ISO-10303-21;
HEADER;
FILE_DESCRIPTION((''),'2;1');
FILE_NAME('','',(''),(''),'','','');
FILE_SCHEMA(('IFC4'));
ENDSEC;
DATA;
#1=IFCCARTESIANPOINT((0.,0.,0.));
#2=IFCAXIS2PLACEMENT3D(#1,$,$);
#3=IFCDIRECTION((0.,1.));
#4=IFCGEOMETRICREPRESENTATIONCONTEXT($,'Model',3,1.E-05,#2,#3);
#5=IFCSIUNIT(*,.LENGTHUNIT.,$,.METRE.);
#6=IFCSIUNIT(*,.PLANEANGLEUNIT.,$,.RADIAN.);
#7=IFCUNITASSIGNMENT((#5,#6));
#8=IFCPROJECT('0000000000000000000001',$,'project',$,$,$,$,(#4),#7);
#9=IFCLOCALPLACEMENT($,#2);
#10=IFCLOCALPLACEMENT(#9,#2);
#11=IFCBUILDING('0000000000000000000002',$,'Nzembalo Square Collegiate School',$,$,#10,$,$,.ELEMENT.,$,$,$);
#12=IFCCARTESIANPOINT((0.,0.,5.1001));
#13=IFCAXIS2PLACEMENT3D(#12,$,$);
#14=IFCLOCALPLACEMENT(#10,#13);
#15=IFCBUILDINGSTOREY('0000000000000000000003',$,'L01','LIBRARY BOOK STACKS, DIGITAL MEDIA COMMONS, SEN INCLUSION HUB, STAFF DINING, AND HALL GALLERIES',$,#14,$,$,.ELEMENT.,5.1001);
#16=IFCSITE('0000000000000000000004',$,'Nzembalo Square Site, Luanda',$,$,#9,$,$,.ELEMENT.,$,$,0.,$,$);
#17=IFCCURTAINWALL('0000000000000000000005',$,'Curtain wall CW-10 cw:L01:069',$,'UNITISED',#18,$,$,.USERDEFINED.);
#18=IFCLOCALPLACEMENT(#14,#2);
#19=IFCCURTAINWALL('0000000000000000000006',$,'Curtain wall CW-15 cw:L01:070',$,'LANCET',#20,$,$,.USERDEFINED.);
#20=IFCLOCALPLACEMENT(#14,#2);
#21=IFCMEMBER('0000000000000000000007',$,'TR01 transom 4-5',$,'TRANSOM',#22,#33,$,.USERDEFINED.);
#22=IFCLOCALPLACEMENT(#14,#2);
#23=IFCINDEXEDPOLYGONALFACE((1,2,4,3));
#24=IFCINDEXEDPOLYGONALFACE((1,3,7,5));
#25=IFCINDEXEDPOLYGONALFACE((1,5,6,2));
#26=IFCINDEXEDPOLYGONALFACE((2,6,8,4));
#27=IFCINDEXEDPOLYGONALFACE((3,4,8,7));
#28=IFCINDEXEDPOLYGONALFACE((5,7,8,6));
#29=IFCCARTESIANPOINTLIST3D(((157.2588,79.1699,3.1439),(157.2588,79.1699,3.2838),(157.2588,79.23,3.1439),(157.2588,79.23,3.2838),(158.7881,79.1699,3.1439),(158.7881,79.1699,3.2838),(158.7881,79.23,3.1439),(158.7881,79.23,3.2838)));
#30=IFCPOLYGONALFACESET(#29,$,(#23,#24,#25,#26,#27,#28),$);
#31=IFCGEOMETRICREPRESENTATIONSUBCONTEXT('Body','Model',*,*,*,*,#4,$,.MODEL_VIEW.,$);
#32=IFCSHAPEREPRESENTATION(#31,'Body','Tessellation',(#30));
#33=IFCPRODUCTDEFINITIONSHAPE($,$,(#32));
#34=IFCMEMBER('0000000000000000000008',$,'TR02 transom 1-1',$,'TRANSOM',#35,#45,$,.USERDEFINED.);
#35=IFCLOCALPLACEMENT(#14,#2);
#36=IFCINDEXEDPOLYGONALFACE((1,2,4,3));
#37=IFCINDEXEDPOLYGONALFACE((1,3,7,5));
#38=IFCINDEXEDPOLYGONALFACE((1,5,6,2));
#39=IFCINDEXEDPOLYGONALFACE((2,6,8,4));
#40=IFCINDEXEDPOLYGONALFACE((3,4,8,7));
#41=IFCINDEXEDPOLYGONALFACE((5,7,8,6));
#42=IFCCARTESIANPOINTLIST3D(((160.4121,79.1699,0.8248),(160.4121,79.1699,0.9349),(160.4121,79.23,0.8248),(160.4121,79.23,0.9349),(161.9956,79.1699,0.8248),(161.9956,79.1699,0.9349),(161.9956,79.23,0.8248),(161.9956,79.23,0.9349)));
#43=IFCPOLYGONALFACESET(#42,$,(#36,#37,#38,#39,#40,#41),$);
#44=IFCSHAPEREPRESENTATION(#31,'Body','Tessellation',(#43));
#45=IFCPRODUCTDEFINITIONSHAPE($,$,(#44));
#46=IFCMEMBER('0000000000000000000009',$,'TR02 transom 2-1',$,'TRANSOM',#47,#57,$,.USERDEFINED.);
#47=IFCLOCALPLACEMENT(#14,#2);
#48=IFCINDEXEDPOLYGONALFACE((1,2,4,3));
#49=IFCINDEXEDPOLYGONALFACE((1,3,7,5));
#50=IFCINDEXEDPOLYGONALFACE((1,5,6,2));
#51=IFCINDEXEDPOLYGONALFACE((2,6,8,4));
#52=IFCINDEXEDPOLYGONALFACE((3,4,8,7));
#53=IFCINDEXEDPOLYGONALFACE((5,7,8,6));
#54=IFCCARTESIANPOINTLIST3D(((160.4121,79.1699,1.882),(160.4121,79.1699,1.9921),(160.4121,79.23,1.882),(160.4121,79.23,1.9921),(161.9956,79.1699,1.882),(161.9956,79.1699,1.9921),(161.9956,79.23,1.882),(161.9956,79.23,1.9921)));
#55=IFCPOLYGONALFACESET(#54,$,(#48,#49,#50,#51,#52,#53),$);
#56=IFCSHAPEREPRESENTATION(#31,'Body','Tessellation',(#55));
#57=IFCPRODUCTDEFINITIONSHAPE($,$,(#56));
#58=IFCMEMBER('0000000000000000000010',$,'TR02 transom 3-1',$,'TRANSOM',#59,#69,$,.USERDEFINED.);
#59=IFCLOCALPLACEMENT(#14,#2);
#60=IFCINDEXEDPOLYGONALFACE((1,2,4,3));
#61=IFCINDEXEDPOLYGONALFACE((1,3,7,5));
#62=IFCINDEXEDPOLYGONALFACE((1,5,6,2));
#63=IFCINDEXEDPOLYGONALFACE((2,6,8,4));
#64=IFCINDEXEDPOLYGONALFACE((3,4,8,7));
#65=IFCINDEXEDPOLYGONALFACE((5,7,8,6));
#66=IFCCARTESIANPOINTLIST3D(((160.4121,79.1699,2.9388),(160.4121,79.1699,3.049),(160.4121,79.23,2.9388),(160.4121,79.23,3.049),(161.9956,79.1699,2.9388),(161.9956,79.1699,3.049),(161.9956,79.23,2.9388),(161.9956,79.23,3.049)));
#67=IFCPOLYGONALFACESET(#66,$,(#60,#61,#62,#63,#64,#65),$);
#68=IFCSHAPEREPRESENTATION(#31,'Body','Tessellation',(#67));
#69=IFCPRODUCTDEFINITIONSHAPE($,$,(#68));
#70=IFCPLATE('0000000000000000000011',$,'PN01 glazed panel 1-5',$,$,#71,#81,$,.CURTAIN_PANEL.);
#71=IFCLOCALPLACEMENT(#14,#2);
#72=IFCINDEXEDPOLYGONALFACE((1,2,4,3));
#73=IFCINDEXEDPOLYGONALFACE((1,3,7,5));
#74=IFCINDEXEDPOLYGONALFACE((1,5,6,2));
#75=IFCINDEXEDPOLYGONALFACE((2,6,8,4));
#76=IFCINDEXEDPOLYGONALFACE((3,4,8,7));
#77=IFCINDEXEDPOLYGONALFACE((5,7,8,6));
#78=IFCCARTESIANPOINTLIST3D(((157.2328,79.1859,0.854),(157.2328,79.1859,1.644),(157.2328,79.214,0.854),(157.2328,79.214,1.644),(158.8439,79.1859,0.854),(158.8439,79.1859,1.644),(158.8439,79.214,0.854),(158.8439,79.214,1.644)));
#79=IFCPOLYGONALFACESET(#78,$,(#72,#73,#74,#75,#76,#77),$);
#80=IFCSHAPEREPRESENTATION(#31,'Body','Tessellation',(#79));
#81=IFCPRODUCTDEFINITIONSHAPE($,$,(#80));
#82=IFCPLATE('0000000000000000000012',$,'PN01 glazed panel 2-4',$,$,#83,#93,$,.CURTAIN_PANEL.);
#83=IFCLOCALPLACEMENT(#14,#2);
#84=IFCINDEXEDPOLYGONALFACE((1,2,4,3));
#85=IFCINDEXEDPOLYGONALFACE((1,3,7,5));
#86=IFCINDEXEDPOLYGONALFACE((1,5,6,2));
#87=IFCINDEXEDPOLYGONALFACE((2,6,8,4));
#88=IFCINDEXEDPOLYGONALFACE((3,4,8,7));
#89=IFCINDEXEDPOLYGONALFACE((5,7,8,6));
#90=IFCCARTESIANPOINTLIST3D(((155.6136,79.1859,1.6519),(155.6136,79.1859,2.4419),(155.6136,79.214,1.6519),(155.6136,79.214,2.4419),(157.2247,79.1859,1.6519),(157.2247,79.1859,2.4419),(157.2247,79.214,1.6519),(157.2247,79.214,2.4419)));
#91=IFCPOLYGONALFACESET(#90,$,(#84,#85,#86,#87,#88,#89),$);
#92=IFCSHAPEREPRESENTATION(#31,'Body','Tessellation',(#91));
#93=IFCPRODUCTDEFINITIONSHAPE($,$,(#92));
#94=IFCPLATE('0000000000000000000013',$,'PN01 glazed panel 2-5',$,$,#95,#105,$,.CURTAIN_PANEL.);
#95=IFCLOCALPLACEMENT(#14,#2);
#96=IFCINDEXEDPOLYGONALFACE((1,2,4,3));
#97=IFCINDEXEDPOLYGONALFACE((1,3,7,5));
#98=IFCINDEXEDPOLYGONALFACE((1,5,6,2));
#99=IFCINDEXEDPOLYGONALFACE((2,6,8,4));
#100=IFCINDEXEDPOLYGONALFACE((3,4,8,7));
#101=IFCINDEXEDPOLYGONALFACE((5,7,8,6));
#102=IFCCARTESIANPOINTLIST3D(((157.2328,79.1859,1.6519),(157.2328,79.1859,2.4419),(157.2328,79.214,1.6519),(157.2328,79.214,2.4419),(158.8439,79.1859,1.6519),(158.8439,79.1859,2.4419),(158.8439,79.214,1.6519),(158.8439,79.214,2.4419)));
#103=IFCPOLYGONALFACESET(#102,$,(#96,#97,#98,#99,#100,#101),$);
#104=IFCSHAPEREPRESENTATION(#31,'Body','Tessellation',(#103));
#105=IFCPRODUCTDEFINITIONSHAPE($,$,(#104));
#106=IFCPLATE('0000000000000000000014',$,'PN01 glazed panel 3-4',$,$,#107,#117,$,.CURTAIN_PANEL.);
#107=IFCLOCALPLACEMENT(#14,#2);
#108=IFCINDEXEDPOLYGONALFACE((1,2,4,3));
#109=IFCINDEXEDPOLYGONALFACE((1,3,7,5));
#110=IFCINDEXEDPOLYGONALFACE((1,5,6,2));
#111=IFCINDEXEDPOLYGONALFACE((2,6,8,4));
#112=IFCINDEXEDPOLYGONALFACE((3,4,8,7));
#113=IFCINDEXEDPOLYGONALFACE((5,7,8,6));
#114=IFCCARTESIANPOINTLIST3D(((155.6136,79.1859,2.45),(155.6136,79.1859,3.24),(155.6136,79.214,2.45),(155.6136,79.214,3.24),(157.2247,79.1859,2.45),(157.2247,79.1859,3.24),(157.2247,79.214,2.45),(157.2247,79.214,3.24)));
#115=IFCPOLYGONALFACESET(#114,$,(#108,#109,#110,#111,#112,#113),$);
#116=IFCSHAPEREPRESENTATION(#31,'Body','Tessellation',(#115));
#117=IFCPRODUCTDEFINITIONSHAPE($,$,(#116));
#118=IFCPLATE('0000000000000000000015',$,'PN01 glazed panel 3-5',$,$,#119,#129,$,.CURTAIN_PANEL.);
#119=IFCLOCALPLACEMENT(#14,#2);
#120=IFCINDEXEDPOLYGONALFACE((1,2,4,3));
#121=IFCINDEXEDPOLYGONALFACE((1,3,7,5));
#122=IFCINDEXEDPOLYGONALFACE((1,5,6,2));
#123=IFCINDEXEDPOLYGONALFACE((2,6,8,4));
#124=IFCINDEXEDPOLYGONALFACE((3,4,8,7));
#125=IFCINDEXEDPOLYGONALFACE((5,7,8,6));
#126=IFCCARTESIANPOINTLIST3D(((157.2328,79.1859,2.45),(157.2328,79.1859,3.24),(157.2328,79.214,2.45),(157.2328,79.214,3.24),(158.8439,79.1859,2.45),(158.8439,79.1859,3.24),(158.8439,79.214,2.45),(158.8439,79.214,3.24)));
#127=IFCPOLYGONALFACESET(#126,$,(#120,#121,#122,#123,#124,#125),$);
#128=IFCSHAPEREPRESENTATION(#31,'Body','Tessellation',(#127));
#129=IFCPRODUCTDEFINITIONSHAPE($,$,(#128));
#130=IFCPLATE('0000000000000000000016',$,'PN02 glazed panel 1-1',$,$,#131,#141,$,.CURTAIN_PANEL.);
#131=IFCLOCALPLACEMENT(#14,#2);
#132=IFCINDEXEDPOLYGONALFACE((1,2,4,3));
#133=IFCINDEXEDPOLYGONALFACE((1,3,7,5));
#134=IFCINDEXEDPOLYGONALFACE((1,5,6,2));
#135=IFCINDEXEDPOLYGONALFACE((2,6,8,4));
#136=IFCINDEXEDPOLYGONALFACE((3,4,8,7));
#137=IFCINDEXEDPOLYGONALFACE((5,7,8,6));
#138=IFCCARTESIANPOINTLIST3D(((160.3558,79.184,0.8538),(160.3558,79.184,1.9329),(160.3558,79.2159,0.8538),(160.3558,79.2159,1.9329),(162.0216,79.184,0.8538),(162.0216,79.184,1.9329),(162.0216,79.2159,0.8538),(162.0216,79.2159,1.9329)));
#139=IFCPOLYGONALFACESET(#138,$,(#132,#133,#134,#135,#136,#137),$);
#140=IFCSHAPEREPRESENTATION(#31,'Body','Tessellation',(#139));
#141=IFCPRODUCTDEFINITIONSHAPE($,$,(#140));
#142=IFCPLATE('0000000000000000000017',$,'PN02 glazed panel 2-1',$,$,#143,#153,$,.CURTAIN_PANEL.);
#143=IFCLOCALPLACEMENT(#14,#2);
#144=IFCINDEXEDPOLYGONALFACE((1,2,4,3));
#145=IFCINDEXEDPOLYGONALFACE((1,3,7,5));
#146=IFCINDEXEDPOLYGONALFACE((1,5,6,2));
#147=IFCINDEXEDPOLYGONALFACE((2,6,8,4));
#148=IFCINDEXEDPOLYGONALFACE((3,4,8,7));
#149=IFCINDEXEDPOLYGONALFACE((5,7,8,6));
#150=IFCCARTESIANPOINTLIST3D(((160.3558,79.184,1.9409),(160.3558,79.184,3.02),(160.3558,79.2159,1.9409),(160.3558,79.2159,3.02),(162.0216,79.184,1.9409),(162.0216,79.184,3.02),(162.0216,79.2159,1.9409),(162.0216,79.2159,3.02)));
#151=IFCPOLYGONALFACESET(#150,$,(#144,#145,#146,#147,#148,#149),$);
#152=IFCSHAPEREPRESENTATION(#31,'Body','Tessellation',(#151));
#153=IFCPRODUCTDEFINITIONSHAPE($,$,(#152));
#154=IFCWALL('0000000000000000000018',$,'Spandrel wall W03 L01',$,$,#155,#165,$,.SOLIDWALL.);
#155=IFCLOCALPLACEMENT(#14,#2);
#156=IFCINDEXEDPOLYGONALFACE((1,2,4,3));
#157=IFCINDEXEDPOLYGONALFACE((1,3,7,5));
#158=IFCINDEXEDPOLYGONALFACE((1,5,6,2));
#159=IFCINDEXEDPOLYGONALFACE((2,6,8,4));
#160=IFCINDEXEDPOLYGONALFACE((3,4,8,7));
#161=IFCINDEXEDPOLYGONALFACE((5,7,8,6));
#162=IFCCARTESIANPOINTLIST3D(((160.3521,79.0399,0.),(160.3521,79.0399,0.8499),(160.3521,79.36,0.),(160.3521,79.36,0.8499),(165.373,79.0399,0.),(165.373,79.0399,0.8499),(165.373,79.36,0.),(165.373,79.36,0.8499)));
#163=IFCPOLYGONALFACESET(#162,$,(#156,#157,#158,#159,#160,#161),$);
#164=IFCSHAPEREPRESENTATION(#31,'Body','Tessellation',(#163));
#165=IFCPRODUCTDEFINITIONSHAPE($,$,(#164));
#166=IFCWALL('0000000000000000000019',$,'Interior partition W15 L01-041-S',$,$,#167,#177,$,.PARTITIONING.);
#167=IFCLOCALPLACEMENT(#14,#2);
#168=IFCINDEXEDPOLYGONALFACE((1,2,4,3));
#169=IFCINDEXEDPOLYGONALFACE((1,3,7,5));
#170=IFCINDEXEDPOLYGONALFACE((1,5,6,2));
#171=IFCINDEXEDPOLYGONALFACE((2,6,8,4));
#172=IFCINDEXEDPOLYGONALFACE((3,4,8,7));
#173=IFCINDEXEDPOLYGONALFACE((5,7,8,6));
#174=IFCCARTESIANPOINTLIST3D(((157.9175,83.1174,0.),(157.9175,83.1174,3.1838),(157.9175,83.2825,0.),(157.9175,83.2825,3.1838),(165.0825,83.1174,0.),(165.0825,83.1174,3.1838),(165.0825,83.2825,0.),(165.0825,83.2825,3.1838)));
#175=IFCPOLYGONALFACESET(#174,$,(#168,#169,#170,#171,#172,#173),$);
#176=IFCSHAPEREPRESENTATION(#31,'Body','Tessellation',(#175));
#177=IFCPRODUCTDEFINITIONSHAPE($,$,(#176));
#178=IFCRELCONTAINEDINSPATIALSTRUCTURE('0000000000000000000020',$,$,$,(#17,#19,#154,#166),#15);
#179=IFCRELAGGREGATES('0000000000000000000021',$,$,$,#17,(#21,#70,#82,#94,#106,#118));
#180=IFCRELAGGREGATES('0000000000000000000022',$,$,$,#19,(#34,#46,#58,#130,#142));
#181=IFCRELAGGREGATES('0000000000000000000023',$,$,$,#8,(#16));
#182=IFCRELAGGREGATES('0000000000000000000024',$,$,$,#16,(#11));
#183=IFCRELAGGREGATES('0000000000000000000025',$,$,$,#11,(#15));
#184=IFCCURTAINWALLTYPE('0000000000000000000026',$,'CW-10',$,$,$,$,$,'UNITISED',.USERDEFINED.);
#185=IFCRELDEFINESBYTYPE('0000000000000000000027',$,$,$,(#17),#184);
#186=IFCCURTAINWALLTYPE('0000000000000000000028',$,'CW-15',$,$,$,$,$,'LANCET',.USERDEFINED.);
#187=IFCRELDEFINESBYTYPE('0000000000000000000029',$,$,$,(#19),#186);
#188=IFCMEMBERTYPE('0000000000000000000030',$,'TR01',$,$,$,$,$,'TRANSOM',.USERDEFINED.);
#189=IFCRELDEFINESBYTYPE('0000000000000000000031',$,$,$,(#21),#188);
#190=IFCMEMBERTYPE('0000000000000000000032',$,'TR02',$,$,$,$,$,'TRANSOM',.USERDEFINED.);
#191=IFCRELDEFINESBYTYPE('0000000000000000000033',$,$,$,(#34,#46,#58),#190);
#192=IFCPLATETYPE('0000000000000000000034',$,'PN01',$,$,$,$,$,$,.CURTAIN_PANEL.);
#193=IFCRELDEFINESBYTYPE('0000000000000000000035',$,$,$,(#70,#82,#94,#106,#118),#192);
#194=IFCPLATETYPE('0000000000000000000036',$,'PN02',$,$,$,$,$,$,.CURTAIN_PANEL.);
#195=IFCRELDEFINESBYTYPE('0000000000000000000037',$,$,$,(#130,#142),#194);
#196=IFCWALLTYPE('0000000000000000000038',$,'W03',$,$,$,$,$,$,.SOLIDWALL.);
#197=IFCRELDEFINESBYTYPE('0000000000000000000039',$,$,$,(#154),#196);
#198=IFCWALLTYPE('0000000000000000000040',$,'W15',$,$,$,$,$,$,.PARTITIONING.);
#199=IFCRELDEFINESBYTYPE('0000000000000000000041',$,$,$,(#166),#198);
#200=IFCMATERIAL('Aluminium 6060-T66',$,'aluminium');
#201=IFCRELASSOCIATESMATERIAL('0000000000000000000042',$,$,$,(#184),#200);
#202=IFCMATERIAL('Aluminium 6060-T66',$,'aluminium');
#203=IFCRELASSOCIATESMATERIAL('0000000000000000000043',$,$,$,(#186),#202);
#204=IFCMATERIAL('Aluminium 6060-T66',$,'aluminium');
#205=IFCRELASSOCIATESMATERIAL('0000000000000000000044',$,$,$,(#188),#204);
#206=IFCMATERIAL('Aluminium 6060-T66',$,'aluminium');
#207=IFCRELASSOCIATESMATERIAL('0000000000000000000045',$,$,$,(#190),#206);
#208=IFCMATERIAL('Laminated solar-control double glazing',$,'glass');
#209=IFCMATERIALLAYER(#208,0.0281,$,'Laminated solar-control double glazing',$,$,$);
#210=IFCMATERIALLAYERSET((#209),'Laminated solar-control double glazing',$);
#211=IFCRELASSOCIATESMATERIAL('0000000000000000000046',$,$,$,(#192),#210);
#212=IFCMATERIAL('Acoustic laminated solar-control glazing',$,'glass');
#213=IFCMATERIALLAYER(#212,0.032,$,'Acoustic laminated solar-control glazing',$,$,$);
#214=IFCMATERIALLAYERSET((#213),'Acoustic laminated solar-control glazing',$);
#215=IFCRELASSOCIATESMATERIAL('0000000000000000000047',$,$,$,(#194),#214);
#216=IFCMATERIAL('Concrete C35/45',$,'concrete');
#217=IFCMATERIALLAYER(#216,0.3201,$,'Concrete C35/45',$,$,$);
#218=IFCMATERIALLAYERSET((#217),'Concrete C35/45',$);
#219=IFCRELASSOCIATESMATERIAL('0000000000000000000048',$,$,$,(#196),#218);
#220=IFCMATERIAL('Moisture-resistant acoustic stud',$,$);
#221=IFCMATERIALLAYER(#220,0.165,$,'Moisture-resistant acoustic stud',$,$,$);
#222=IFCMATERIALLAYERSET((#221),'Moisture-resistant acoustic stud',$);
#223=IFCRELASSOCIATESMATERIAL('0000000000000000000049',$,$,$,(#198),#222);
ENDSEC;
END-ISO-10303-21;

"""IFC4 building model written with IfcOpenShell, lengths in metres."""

from ifc_helpers import new_model, si_unit, direction, frame, frame_2d, origin, origin_2d, place, context, subcontext, project, spatial, rectangle, extrude, material, layer, layer_set, material_profile, profile_set, type_object, element, aggregate, save


model = new_model("IFC4")

# Units and contexts
model_context = context("Model", 3, precision=1e-05, world=origin(), true_north=direction((0.0, 1.0)))
body_context = subcontext(model_context, "Body", "Model", "MODEL_VIEW")
ifc_project = project(units=[si_unit("LENGTHUNIT", "METRE"), si_unit("PLANEANGLEUNIT", "RADIAN")], contexts=[model_context])

# Site, building, storey
site_placement = place(None, origin())
site = spatial("IfcSite", under=ifc_project, at=site_placement, Name="Nzembalo Square Site, Luanda", CompositionType="ELEMENT", RefElevation=0.0)
building_placement = place(site_placement, origin())
building = spatial("IfcBuilding", under=site, at=building_placement, Name="Nzembalo Square Collegiate School", CompositionType="ELEMENT")
storey_placement = place(building_placement, frame((0.0, 0.0, 5.1001)))
storey = spatial("IfcBuildingStorey", under=building, at=storey_placement, Name="L01", Description="LIBRARY BOOK STACKS, DIGITAL MEDIA COMMONS, SEN INCLUSION HUB, STAFF DINING, AND HALL GALLERIES", CompositionType="ELEMENT", Elevation=5.1001)

# Curtain wall
ifc_material_1 = material(Name="Aluminium 6060-T66", Category="aluminium")
curtain_wall_type_1 = type_object("IfcCurtainWallType", Name="CW-10", ElementType="UNITISED", PredefinedType="USERDEFINED", material=ifc_material_1)
curtain_wall_1_placement = place(storey_placement, origin())
curtain_wall_1 = element("IfcCurtainWall", 1, at=curtain_wall_1_placement, inside=storey, type_object=curtain_wall_type_1, Name="Curtain wall CW-10 cw:L01:069", ObjectType="UNITISED", PredefinedType="USERDEFINED")

# Curtain wall
ifc_material_2 = material(Name="Aluminium 6060-T66", Category="aluminium")
curtain_wall_type_2 = type_object("IfcCurtainWallType", Name="CW-15", ElementType="LANCET", PredefinedType="USERDEFINED", material=ifc_material_2)
curtain_wall_2_placement = place(storey_placement, origin())
curtain_wall_2 = element("IfcCurtainWall", 2, at=curtain_wall_2_placement, inside=storey, type_object=curtain_wall_type_2, Name="Curtain wall CW-15 cw:L01:070", ObjectType="LANCET", PredefinedType="USERDEFINED")

# Members
ifc_material_3 = material(Name="Aluminium 6060-T66", Category="aluminium")
ifc_material_profile_1 = material_profile(ifc_material_3, rectangle(XDim=0.0601, YDim=0.1399, at=origin_2d()), Name="ALU T60x140")
ifc_profile_set_1 = profile_set([ifc_material_profile_1], Name="Aluminium 6060-T66")
member_type_1 = type_object("IfcMemberType", Name="TR01", ElementType="TRANSOM", PredefinedType="USERDEFINED", material=ifc_profile_set_1)
member_1_placement = place(storey_placement, frame((157.2588, 79.2, 3.2139), z_axis=(1.0, 0.0, 0.0), x_axis=(0.0, 1.0, 0.0)))
member_1 = element("IfcMember", 3, at=member_1_placement, type_object=member_type_1, Name="TR01 transom 4-5", ObjectType="TRANSOM", PredefinedType="USERDEFINED", context=body_context, shape_type="SweptSolid", body=[
    extrude(rectangle(XDim=0.0601, YDim=0.1399, at=origin_2d()), origin(), (0.0, 0.0, 1.0), 1.5293),
])
ifc_material_4 = material(Name="Aluminium 6060-T66", Category="aluminium")
ifc_material_profile_2 = material_profile(ifc_material_4, rectangle(XDim=0.0601, YDim=0.1101, at=origin_2d()), Name="ALU T60x110")
ifc_profile_set_2 = profile_set([ifc_material_profile_2], Name="Aluminium 6060-T66")
member_type_2 = type_object("IfcMemberType", Name="TR02", ElementType="TRANSOM", PredefinedType="USERDEFINED", material=ifc_profile_set_2)
member_2_placement = place(storey_placement, frame((160.4121, 79.2, 0.8799), z_axis=(1.0, 0.0, 0.0), x_axis=(0.0, 1.0, 0.0)))
member_2 = element("IfcMember", 4, at=member_2_placement, type_object=member_type_2, Name="TR02 transom 1-1", ObjectType="TRANSOM", PredefinedType="USERDEFINED", context=body_context, shape_type="SweptSolid", body=[
    extrude(rectangle(XDim=0.0601, YDim=0.1101, at=origin_2d()), origin(), (0.0, 0.0, 1.0), 1.5835),
])
member_3_placement = place(storey_placement, frame((160.4121, 79.2, 1.937), z_axis=(1.0, 0.0, 0.0), x_axis=(0.0, 1.0, 0.0)))
member_3 = element("IfcMember", 5, at=member_3_placement, type_object=member_type_2, Name="TR02 transom 2-1", ObjectType="TRANSOM", PredefinedType="USERDEFINED", context=body_context, shape_type="SweptSolid", body=[
    extrude(rectangle(XDim=0.0601, YDim=0.1101, at=origin_2d()), origin(), (0.0, 0.0, 1.0), 1.5835),
])
member_4_placement = place(storey_placement, frame((160.4121, 79.2, 2.9939), z_axis=(1.0, 0.0, 0.0), x_axis=(0.0, 1.0, 0.0)))
member_4 = element("IfcMember", 6, at=member_4_placement, type_object=member_type_2, Name="TR02 transom 3-1", ObjectType="TRANSOM", PredefinedType="USERDEFINED", context=body_context, shape_type="SweptSolid", body=[
    extrude(rectangle(XDim=0.0601, YDim=0.1101, at=origin_2d()), origin(), (0.0, 0.0, 1.0), 1.5835),
])

# Plates
ifc_material_5 = material(Name="Laminated solar-control double glazing", Category="glass")
ifc_layer_1 = layer(ifc_material_5, 0.0281, Name="Laminated solar-control double glazing")
ifc_layer_set_1 = layer_set([ifc_layer_1], Name="Laminated solar-control double glazing")
plate_type_1 = type_object("IfcPlateType", Name="PN01", PredefinedType="CURTAIN_PANEL", material=ifc_layer_set_1)
plate_1_placement = place(storey_placement, frame((158.0383, 79.2, 0.854), z_axis=(0.0, 0.0, 1.0), x_axis=(1.0, 0.0, 0.0)))
plate_1 = element("IfcPlate", 7, at=plate_1_placement, type_object=plate_type_1, Name="PN01 glazed panel 1-5", PredefinedType="CURTAIN_PANEL", context=body_context, shape_type="SweptSolid", body=[
    extrude(rectangle(XDim=1.6111, YDim=0.0281, at=origin_2d()), origin(), (0.0, 0.0, 1.0), 0.79),
])
plate_2_placement = place(storey_placement, frame((156.4192, 79.2, 1.6519), z_axis=(0.0, 0.0, 1.0), x_axis=(1.0, 0.0, 0.0)))
plate_2 = element("IfcPlate", 8, at=plate_2_placement, type_object=plate_type_1, Name="PN01 glazed panel 2-4", PredefinedType="CURTAIN_PANEL", context=body_context, shape_type="SweptSolid", body=[
    extrude(rectangle(XDim=1.6111, YDim=0.0281, at=origin_2d()), origin(), (0.0, 0.0, 1.0), 0.79),
])
plate_3_placement = place(storey_placement, frame((158.0383, 79.2, 1.6519), z_axis=(0.0, 0.0, 1.0), x_axis=(1.0, 0.0, 0.0)))
plate_3 = element("IfcPlate", 9, at=plate_3_placement, type_object=plate_type_1, Name="PN01 glazed panel 2-5", PredefinedType="CURTAIN_PANEL", context=body_context, shape_type="SweptSolid", body=[
    extrude(rectangle(XDim=1.6111, YDim=0.0281, at=origin_2d()), origin(), (0.0, 0.0, 1.0), 0.79),
])
plate_4_placement = place(storey_placement, frame((156.4192, 79.2, 2.45), z_axis=(0.0, 0.0, 1.0), x_axis=(1.0, 0.0, 0.0)))
plate_4 = element("IfcPlate", 10, at=plate_4_placement, type_object=plate_type_1, Name="PN01 glazed panel 3-4", PredefinedType="CURTAIN_PANEL", context=body_context, shape_type="SweptSolid", body=[
    extrude(rectangle(XDim=1.6111, YDim=0.0281, at=origin_2d()), origin(), (0.0, 0.0, 1.0), 0.79),
])
plate_5_placement = place(storey_placement, frame((158.0383, 79.2, 2.45), z_axis=(0.0, 0.0, 1.0), x_axis=(1.0, 0.0, 0.0)))
plate_5 = element("IfcPlate", 11, at=plate_5_placement, type_object=plate_type_1, Name="PN01 glazed panel 3-5", PredefinedType="CURTAIN_PANEL", context=body_context, shape_type="SweptSolid", body=[
    extrude(rectangle(XDim=1.6111, YDim=0.0281, at=origin_2d()), origin(), (0.0, 0.0, 1.0), 0.79),
])
aggregate(curtain_wall_1, [member_1, plate_1, plate_2, plate_3, plate_4, plate_5])
ifc_material_6 = material(Name="Acoustic laminated solar-control glazing", Category="glass")
ifc_layer_2 = layer(ifc_material_6, 0.032, Name="Acoustic laminated solar-control glazing")
ifc_layer_set_2 = layer_set([ifc_layer_2], Name="Acoustic laminated solar-control glazing")
plate_type_2 = type_object("IfcPlateType", Name="PN02", PredefinedType="CURTAIN_PANEL", material=ifc_layer_set_2)
plate_6_placement = place(storey_placement, frame((161.1887, 79.2, 0.8538), z_axis=(0.0, 0.0, 1.0), x_axis=(1.0, 0.0, 0.0)))
plate_6 = element("IfcPlate", 12, at=plate_6_placement, type_object=plate_type_2, Name="PN02 glazed panel 1-1", PredefinedType="CURTAIN_PANEL", context=body_context, shape_type="SweptSolid", body=[
    extrude(rectangle(XDim=1.6658, YDim=0.032, at=origin_2d()), origin(), (0.0, 0.0, 1.0), 1.0791),
])
plate_7_placement = place(storey_placement, frame((161.1887, 79.2, 1.9409), z_axis=(0.0, 0.0, 1.0), x_axis=(1.0, 0.0, 0.0)))
plate_7 = element("IfcPlate", 13, at=plate_7_placement, type_object=plate_type_2, Name="PN02 glazed panel 2-1", PredefinedType="CURTAIN_PANEL", context=body_context, shape_type="SweptSolid", body=[
    extrude(rectangle(XDim=1.6658, YDim=0.032, at=origin_2d()), origin(), (0.0, 0.0, 1.0), 1.0791),
])
aggregate(curtain_wall_2, [member_2, member_3, member_4, plate_6, plate_7])

# Walls
ifc_material_7 = material(Name="Concrete C35/45", Category="concrete")
ifc_layer_3 = layer(ifc_material_7, 0.3201, Name="Concrete C35/45")
ifc_layer_set_3 = layer_set([ifc_layer_3], Name="Concrete C35/45")
wall_type_1 = type_object("IfcWallType", Name="W03", PredefinedType="SOLIDWALL", material=ifc_layer_set_3)
wall_1_placement = place(storey_placement, frame((160.3521, 79.2, 0.0), z_axis=(0.0, 0.0, 1.0), x_axis=(1.0, 0.0, 0.0)))
element("IfcWall", 14, at=wall_1_placement, inside=storey, type_object=wall_type_1, Name="Spandrel wall W03 L01", PredefinedType="SOLIDWALL", context=body_context, shape_type="SweptSolid", body=[
    extrude(rectangle(XDim=5.021, YDim=0.3201, at=frame_2d((2.5105, 0.0))), origin(), (0.0, 0.0, 1.0), 0.8499),
])
ifc_material_8 = material(Name="Moisture-resistant acoustic stud")
ifc_layer_4 = layer(ifc_material_8, 0.165, Name="Moisture-resistant acoustic stud")
ifc_layer_set_4 = layer_set([ifc_layer_4], Name="Moisture-resistant acoustic stud")
wall_type_2 = type_object("IfcWallType", Name="W15", PredefinedType="PARTITIONING", material=ifc_layer_set_4)
wall_2_placement = place(storey_placement, frame((157.9175, 83.2, 0.0), z_axis=(0.0, 0.0, 1.0), x_axis=(1.0, 0.0, 0.0)))
element("IfcWall", 15, at=wall_2_placement, inside=storey, type_object=wall_type_2, Name="Interior partition W15 L01-041-S", PredefinedType="PARTITIONING", context=body_context, shape_type="SweptSolid", body=[
    extrude(rectangle(XDim=7.165, YDim=0.165, at=frame_2d((3.5825, 0.0))), origin(), (0.0, 0.0, 1.0), 3.1838),
])

save(model, "model.ifc")
